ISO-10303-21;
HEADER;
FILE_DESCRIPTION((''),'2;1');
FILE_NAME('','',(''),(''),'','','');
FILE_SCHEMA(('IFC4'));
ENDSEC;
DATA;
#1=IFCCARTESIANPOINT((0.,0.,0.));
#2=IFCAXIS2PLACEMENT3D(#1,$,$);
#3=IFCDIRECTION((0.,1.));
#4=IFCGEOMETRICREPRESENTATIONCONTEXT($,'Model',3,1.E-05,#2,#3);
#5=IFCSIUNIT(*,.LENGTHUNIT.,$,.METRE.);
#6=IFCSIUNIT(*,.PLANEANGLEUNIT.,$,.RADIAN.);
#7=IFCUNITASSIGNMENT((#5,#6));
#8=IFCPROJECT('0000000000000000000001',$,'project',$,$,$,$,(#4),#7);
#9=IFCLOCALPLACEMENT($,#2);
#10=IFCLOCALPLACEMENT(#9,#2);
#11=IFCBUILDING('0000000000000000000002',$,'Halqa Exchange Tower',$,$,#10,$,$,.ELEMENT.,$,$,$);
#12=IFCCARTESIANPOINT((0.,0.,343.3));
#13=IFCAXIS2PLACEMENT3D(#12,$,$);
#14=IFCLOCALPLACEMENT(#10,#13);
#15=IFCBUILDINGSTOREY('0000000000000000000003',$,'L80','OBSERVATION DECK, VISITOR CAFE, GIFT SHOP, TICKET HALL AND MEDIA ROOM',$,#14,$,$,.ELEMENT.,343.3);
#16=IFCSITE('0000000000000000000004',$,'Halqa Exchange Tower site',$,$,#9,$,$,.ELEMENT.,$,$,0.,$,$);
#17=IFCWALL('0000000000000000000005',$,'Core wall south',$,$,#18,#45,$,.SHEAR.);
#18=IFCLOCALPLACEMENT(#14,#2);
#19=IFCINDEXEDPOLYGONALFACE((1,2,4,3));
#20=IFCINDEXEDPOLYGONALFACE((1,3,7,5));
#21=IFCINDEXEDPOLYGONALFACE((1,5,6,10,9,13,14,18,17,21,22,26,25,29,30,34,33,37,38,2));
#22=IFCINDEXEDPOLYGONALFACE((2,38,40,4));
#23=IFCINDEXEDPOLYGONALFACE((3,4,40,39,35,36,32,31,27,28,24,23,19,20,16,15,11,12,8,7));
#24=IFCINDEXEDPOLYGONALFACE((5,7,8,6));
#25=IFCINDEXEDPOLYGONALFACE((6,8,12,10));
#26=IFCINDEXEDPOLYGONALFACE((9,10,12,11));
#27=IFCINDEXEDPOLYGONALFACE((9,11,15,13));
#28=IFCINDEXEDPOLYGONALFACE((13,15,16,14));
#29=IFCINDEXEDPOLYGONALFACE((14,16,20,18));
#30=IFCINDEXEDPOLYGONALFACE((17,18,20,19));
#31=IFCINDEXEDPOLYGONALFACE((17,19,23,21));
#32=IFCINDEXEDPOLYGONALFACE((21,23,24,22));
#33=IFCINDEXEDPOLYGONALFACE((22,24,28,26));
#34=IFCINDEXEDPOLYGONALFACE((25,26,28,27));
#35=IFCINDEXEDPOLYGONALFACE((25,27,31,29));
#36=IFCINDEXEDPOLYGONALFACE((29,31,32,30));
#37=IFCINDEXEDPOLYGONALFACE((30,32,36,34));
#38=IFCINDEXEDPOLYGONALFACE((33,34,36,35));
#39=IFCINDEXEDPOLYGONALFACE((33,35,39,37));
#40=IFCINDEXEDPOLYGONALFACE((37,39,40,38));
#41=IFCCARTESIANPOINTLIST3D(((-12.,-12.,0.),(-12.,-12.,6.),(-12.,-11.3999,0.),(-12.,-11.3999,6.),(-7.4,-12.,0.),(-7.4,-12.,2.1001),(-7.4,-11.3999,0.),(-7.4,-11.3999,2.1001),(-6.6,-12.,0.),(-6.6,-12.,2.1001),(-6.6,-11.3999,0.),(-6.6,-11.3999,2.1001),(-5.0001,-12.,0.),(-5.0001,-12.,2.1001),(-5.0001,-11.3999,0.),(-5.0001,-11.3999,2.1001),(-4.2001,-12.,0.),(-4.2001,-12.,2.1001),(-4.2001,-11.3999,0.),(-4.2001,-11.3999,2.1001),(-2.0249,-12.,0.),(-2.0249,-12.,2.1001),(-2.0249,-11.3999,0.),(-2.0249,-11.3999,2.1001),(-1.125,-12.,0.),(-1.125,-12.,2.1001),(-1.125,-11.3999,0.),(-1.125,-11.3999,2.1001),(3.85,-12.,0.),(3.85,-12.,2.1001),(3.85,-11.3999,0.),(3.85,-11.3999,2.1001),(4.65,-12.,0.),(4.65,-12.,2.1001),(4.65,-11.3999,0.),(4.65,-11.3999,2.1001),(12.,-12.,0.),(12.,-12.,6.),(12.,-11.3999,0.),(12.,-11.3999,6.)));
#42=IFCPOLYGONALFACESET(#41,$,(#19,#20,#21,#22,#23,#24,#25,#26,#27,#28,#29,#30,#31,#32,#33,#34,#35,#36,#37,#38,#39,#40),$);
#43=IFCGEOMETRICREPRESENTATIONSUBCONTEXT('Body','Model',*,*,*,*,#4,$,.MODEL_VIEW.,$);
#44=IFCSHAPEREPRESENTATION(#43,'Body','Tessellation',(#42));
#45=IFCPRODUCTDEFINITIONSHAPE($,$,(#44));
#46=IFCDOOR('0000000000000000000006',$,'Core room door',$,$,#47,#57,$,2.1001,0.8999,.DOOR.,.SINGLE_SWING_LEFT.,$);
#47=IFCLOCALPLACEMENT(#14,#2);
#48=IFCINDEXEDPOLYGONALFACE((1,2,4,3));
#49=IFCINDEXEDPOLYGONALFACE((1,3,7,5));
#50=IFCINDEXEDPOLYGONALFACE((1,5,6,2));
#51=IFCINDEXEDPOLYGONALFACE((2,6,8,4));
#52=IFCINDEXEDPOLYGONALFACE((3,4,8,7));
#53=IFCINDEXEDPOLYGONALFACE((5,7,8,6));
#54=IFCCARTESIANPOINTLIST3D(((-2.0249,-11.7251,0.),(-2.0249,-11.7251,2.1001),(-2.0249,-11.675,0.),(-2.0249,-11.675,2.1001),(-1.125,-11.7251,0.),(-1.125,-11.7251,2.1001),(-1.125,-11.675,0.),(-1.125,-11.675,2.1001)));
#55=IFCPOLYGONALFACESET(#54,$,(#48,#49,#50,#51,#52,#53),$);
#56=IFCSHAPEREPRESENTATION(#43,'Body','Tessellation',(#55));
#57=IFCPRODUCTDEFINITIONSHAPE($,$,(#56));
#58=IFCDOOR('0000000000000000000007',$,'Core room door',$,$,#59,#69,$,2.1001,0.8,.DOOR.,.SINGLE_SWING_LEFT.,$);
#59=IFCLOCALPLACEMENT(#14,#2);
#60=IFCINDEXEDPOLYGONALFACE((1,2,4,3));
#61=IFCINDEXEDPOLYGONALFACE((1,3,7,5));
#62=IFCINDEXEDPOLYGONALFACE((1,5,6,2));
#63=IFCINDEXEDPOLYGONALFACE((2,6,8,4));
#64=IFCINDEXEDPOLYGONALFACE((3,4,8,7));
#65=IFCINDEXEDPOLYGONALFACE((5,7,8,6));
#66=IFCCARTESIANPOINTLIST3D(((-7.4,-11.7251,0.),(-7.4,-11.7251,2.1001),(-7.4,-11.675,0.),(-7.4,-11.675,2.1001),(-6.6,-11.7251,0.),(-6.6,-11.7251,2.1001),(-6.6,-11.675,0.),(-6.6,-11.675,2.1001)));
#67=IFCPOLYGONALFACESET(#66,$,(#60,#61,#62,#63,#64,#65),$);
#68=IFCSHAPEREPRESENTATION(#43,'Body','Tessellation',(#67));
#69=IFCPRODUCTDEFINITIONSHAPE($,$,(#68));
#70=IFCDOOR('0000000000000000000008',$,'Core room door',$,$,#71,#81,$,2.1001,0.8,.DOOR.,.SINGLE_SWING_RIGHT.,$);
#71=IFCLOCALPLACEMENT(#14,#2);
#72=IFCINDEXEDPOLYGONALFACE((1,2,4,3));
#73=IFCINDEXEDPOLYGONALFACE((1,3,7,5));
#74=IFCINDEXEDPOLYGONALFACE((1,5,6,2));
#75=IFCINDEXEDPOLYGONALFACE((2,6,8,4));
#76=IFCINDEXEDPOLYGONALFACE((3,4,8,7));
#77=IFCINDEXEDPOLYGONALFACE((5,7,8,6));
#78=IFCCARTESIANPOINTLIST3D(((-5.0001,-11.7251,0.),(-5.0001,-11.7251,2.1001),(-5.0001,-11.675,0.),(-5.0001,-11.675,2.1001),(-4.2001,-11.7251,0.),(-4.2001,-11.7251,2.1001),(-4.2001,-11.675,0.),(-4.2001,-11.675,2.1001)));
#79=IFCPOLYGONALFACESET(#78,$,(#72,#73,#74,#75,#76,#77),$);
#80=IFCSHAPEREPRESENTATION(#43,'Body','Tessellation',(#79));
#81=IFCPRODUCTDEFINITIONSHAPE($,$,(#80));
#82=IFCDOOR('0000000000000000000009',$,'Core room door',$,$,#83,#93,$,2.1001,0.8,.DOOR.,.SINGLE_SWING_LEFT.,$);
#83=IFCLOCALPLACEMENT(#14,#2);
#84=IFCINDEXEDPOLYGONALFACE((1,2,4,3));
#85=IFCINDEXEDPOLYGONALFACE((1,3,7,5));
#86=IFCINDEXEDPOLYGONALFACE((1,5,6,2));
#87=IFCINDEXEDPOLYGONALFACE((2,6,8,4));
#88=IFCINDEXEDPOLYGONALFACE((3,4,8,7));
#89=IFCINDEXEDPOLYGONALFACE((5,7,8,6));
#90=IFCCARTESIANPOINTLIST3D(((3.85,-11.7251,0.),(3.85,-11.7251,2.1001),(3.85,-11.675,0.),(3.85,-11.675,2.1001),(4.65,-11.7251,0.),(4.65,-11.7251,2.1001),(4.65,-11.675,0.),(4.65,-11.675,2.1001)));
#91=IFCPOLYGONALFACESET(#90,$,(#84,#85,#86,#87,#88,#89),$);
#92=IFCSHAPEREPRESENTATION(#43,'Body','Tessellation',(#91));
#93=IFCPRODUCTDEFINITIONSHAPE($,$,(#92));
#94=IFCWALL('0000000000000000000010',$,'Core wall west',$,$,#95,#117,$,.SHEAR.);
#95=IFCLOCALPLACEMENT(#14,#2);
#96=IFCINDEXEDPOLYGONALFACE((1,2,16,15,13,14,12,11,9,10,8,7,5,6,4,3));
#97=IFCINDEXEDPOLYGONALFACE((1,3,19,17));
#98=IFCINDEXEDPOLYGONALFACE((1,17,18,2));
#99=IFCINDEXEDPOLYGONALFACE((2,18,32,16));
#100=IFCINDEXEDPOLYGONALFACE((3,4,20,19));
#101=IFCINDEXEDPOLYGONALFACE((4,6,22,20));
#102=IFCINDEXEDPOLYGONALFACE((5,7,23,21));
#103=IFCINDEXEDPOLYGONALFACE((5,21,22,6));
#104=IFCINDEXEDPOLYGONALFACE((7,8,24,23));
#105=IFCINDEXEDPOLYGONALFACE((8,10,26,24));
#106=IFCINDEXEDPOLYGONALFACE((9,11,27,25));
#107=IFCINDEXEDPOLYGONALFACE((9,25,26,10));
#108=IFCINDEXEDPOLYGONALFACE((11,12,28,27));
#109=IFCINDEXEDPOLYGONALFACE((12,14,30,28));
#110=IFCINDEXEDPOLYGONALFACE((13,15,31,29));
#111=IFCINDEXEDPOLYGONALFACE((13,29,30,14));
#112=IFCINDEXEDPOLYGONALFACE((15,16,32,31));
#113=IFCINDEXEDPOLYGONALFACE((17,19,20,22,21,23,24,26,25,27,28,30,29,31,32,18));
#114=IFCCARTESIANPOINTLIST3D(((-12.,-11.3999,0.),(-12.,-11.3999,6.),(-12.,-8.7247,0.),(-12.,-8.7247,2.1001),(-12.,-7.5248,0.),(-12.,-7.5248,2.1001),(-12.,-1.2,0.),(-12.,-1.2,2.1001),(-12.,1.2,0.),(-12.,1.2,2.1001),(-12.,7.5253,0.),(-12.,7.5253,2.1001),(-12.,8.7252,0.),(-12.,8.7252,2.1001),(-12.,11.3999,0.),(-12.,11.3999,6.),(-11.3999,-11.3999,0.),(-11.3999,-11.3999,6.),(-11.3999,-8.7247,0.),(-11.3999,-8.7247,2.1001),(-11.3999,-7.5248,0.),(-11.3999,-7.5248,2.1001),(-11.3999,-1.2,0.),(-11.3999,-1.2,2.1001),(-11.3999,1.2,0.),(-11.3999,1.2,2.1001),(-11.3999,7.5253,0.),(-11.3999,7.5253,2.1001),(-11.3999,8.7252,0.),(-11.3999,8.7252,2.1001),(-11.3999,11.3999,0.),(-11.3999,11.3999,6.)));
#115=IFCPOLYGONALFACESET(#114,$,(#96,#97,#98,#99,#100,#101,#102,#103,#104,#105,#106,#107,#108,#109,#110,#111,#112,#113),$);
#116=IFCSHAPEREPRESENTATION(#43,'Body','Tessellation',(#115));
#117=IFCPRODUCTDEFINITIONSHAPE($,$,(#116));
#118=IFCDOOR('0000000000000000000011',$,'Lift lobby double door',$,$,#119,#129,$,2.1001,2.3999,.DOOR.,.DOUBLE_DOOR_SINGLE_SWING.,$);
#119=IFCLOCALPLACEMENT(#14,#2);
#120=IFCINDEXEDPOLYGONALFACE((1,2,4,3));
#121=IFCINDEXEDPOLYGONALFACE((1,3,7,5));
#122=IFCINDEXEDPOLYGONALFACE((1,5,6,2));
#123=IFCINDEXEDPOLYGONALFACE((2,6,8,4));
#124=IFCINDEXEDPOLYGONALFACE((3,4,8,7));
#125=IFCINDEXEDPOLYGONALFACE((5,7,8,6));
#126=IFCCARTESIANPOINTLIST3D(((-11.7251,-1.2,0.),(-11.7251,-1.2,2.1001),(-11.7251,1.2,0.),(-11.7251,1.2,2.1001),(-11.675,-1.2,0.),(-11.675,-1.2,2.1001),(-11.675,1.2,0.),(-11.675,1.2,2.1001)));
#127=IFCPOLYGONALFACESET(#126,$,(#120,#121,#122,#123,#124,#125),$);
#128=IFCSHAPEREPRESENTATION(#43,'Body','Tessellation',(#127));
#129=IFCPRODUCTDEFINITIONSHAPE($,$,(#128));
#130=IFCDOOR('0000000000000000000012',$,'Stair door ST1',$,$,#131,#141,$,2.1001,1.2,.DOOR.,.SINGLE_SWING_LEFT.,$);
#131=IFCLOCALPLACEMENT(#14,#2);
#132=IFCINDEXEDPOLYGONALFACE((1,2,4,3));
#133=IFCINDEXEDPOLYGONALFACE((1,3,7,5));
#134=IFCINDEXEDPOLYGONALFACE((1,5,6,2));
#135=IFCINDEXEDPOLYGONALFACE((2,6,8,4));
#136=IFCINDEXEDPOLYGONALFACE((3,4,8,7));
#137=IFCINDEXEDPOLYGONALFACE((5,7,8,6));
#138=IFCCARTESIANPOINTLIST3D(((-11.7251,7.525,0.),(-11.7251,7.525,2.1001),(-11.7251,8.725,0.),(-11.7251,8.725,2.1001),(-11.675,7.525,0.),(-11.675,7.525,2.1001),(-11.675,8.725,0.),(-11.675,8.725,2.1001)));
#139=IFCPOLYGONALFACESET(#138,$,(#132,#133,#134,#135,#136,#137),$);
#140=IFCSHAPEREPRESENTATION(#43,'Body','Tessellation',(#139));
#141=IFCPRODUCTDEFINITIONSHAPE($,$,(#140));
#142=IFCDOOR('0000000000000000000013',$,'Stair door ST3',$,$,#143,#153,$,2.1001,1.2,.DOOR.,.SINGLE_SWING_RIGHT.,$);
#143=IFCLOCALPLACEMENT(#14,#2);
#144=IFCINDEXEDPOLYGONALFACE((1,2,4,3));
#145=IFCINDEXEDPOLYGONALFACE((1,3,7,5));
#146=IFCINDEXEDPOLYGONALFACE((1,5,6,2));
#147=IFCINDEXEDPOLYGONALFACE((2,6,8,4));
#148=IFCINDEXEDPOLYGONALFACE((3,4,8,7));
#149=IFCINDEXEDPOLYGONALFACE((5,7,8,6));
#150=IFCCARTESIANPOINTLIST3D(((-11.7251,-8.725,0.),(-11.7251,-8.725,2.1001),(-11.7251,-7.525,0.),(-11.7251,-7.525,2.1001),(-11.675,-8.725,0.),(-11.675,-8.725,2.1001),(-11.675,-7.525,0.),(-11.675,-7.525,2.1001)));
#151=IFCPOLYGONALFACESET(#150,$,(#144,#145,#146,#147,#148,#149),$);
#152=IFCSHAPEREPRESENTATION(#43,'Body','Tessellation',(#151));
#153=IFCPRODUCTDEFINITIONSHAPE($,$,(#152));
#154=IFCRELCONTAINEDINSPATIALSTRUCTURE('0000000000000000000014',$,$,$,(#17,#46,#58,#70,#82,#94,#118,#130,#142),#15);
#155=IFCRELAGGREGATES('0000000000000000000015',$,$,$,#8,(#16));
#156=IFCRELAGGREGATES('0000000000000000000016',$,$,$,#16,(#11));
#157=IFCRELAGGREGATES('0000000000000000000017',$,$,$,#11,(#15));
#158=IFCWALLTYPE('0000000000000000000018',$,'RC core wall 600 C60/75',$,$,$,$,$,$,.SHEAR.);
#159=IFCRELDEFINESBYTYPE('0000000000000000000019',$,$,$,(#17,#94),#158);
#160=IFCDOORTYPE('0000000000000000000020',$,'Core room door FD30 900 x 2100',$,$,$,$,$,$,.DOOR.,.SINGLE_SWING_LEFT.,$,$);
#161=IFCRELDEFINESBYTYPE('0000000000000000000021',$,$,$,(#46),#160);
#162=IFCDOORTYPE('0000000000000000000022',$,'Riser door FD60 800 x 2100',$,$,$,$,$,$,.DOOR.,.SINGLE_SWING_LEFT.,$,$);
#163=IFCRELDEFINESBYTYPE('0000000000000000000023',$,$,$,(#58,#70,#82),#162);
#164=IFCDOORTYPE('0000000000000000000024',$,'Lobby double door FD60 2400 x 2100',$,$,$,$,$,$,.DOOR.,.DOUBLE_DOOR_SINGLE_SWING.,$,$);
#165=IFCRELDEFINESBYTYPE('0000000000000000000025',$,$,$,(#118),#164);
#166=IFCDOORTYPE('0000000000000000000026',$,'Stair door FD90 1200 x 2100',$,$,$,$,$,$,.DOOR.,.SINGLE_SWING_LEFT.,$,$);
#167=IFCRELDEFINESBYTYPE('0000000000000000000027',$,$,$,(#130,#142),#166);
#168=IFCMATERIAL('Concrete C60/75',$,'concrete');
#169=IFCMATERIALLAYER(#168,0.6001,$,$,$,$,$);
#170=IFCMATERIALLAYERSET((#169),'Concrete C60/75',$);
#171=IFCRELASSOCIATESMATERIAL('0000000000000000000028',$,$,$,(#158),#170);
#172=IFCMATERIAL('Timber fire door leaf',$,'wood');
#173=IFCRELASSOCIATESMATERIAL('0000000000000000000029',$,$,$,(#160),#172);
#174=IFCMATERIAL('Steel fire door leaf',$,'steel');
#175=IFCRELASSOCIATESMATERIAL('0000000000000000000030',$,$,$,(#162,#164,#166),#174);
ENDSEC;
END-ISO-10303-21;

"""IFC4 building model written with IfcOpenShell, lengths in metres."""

from ifc_helpers import new_model, si_unit, direction, frame, frame_2d, origin, place, context, subcontext, project, spatial, rectangle, extrude, material, layer, layer_set, type_object, element, fill, save


model = new_model("IFC4")

# Units and contexts
model_context = context("Model", 3, precision=1e-05, world=origin(), true_north=direction((0.0, 1.0)))
body_context = subcontext(model_context, "Body", "Model", "MODEL_VIEW")
ifc_project = project(units=[si_unit("LENGTHUNIT", "METRE"), si_unit("PLANEANGLEUNIT", "RADIAN")], contexts=[model_context])

# Site, building, storey
site_placement = place(None, origin())
site = spatial("IfcSite", under=ifc_project, at=site_placement, Name="Halqa Exchange Tower site", CompositionType="ELEMENT", RefElevation=0.0)
building_placement = place(site_placement, origin())
building = spatial("IfcBuilding", under=site, at=building_placement, Name="Halqa Exchange Tower", CompositionType="ELEMENT")
storey_placement = place(building_placement, frame((0.0, 0.0, 343.3)))
storey = spatial("IfcBuildingStorey", under=building, at=storey_placement, Name="L80", Description="OBSERVATION DECK, VISITOR CAFE, GIFT SHOP, TICKET HALL AND MEDIA ROOM", CompositionType="ELEMENT", Elevation=343.3)

# Walls, openings, doors
ifc_material_1 = material(Name="Concrete C60/75", Category="concrete")
ifc_layer_1 = layer(ifc_material_1, 0.6001)
ifc_layer_set_1 = layer_set([ifc_layer_1], Name="Concrete C60/75")
wall_type_1 = type_object("IfcWallType", Name="RC core wall 600 C60/75", PredefinedType="SHEAR", material=ifc_layer_set_1)
wall_1_placement = place(storey_placement, frame((-12.0, -11.7, 0.0), z_axis=(0.0, 0.0, 1.0), x_axis=(1.0, 0.0, 0.0)))
wall_1 = element("IfcWall", 1, at=wall_1_placement, inside=storey, type_object=wall_type_1, Name="Core wall south", PredefinedType="SHEAR", context=body_context, shape_type="SweptSolid", body=[
    extrude(rectangle(XDim=24.0, YDim=0.6001, at=frame_2d((12.0, 0.0))), origin(), (0.0, 0.0, 1.0), 6.0),
])
opening_1_placement = place(wall_1_placement, frame((9.9751, 0.0, 0.0)))
opening_1 = element("IfcOpeningElement", 2, at=opening_1_placement, cuts=wall_1, PredefinedType="OPENING", context=body_context, shape_type="SweptSolid", body=[
    extrude(rectangle(XDim=0.8999, YDim=2.1001, at=frame_2d((0.45, 1.05))), frame((0.0, 0.312, 0.0), z_axis=(0.0, -1.0, 0.0), x_axis=(1.0, 0.0, 0.0)), (0.0, 0.0, 1.0), 0.624),
])
opening_2_placement = place(wall_1_placement, frame((4.6001, 0.0, 0.0)))
opening_2 = element("IfcOpeningElement", 3, at=opening_2_placement, cuts=wall_1, PredefinedType="OPENING", context=body_context, shape_type="SweptSolid", body=[
    extrude(rectangle(XDim=0.8, YDim=2.1001, at=frame_2d((0.3999, 1.05))), frame((0.0, 0.312, 0.0), z_axis=(0.0, -1.0, 0.0), x_axis=(1.0, 0.0, 0.0)), (0.0, 0.0, 1.0), 0.624),
])
opening_3_placement = place(wall_1_placement, frame((7.0, 0.0, 0.0)))
opening_3 = element("IfcOpeningElement", 4, at=opening_3_placement, cuts=wall_1, PredefinedType="OPENING", context=body_context, shape_type="SweptSolid", body=[
    extrude(rectangle(XDim=0.8, YDim=2.1001, at=frame_2d((0.3999, 1.05))), frame((0.0, 0.312, 0.0), z_axis=(0.0, -1.0, 0.0), x_axis=(1.0, 0.0, 0.0)), (0.0, 0.0, 1.0), 0.624),
])
opening_4_placement = place(wall_1_placement, frame((15.8501, 0.0, 0.0)))
opening_4 = element("IfcOpeningElement", 5, at=opening_4_placement, cuts=wall_1, PredefinedType="OPENING", context=body_context, shape_type="SweptSolid", body=[
    extrude(rectangle(XDim=0.8, YDim=2.1001, at=frame_2d((0.3999, 1.05))), frame((0.0, 0.312, 0.0), z_axis=(0.0, -1.0, 0.0), x_axis=(1.0, 0.0, 0.0)), (0.0, 0.0, 1.0), 0.624),
])
ifc_material_2 = material(Name="Timber fire door leaf", Category="wood")
door_type_1 = type_object("IfcDoorType", Name="Core room door FD30 900 x 2100", OperationType="SINGLE_SWING_LEFT", PredefinedType="DOOR", material=ifc_material_2)
door_1_placement = place(opening_1_placement, origin())
door_1 = element("IfcDoor", 6, at=door_1_placement, inside=storey, type_object=door_type_1, Name="Core room door", OperationType="SINGLE_SWING_LEFT", OverallHeight=2.1001, OverallWidth=0.8999, PredefinedType="DOOR", context=body_context, shape_type="SweptSolid", body=[
    extrude(rectangle(XDim=0.8999, YDim=2.1001, at=frame_2d((0.45, 1.05))), frame((0.0, 0.0249, 0.0), z_axis=(0.0, -1.0, 0.0), x_axis=(1.0, 0.0, 0.0)), (0.0, 0.0, 1.0), 0.05),
])
fill(opening_1, door_1)
ifc_material_3 = material(Name="Steel fire door leaf", Category="steel")
door_type_2 = type_object("IfcDoorType", Name="Riser door FD60 800 x 2100", OperationType="SINGLE_SWING_LEFT", PredefinedType="DOOR", material=ifc_material_3)
door_2_placement = place(opening_2_placement, origin())
door_2 = element("IfcDoor", 7, at=door_2_placement, inside=storey, type_object=door_type_2, Name="Core room door", OperationType="SINGLE_SWING_LEFT", OverallHeight=2.1001, OverallWidth=0.8, PredefinedType="DOOR", context=body_context, shape_type="SweptSolid", body=[
    extrude(rectangle(XDim=0.8, YDim=2.1001, at=frame_2d((0.3999, 1.05))), frame((0.0, 0.0249, 0.0), z_axis=(0.0, -1.0, 0.0), x_axis=(1.0, 0.0, 0.0)), (0.0, 0.0, 1.0), 0.05),
])
fill(opening_2, door_2)
door_3_placement = place(opening_3_placement, origin())
door_3 = element("IfcDoor", 8, at=door_3_placement, inside=storey, type_object=door_type_2, Name="Core room door", OperationType="SINGLE_SWING_RIGHT", OverallHeight=2.1001, OverallWidth=0.8, PredefinedType="DOOR", context=body_context, shape_type="SweptSolid", body=[
    extrude(rectangle(XDim=0.8, YDim=2.1001, at=frame_2d((0.3999, 1.05))), frame((0.0, 0.0249, 0.0), z_axis=(0.0, -1.0, 0.0), x_axis=(1.0, 0.0, 0.0)), (0.0, 0.0, 1.0), 0.05),
])
fill(opening_3, door_3)
door_4_placement = place(opening_4_placement, origin())
door_4 = element("IfcDoor", 9, at=door_4_placement, inside=storey, type_object=door_type_2, Name="Core room door", OperationType="SINGLE_SWING_LEFT", OverallHeight=2.1001, OverallWidth=0.8, PredefinedType="DOOR", context=body_context, shape_type="SweptSolid", body=[
    extrude(rectangle(XDim=0.8, YDim=2.1001, at=frame_2d((0.3999, 1.05))), frame((0.0, 0.0249, 0.0), z_axis=(0.0, -1.0, 0.0), x_axis=(1.0, 0.0, 0.0)), (0.0, 0.0, 1.0), 0.05),
])
fill(opening_4, door_4)
wall_2_placement = place(storey_placement, frame((-11.7, -11.3999, 0.0), z_axis=(0.0, 0.0, 1.0), x_axis=(0.0, 1.0, 0.0)))
wall_2 = element("IfcWall", 10, at=wall_2_placement, inside=storey, type_object=wall_type_1, Name="Core wall west", PredefinedType="SHEAR", context=body_context, shape_type="SweptSolid", body=[
    extrude(rectangle(XDim=22.7998, YDim=0.6001, at=frame_2d((11.3999, 0.0))), origin(), (0.0, 0.0, 1.0), 6.0),
])
opening_5_placement = place(wall_2_placement, frame((10.2, 0.0, 0.0)))
opening_5 = element("IfcOpeningElement", 11, at=opening_5_placement, cuts=wall_2, PredefinedType="OPENING", context=body_context, shape_type="SweptSolid", body=[
    extrude(rectangle(XDim=2.3999, YDim=2.1001, at=frame_2d((1.2, 1.05))), frame((0.0, 0.312, 0.0), z_axis=(0.0, -1.0, 0.0), x_axis=(1.0, 0.0, 0.0)), (0.0, 0.0, 1.0), 0.624),
])
opening_6_placement = place(wall_2_placement, frame((18.925, 0.0, 0.0)))
opening_6 = element("IfcOpeningElement", 12, at=opening_6_placement, cuts=wall_2, PredefinedType="OPENING", context=body_context, shape_type="SweptSolid", body=[
    extrude(rectangle(XDim=1.2, YDim=2.1001, at=frame_2d((0.6001, 1.05))), frame((0.0, 0.312, 0.0), z_axis=(0.0, -1.0, 0.0), x_axis=(1.0, 0.0, 0.0)), (0.0, 0.0, 1.0), 0.624),
])
opening_7_placement = place(wall_2_placement, frame((2.675, 0.0, 0.0)))
opening_7 = element("IfcOpeningElement", 13, at=opening_7_placement, cuts=wall_2, PredefinedType="OPENING", context=body_context, shape_type="SweptSolid", body=[
    extrude(rectangle(XDim=1.2, YDim=2.1001, at=frame_2d((0.6001, 1.05))), frame((0.0, 0.312, 0.0), z_axis=(0.0, -1.0, 0.0), x_axis=(1.0, 0.0, 0.0)), (0.0, 0.0, 1.0), 0.624),
])
door_type_3 = type_object("IfcDoorType", Name="Lobby double door FD60 2400 x 2100", OperationType="DOUBLE_DOOR_SINGLE_SWING", PredefinedType="DOOR", material=ifc_material_3)
door_5_placement = place(opening_5_placement, frame((2.3999, 0.0, 0.0), z_axis=(0.0, 0.0, 1.0), x_axis=(-1.0, 0.0, 0.0)))
door_5 = element("IfcDoor", 14, at=door_5_placement, inside=storey, type_object=door_type_3, Name="Lift lobby double door", OperationType="DOUBLE_DOOR_SINGLE_SWING", OverallHeight=2.1001, OverallWidth=2.3999, PredefinedType="DOOR", context=body_context, shape_type="SweptSolid", body=[
    extrude(rectangle(XDim=2.3999, YDim=2.1001, at=frame_2d((1.2, 1.05))), frame((0.0, 0.0249, 0.0), z_axis=(0.0, -1.0, 0.0), x_axis=(1.0, 0.0, 0.0)), (0.0, 0.0, 1.0), 0.05),
])
fill(opening_5, door_5)
door_type_4 = type_object("IfcDoorType", Name="Stair door FD90 1200 x 2100", OperationType="SINGLE_SWING_LEFT", PredefinedType="DOOR", material=ifc_material_3)
door_6_placement = place(opening_6_placement, frame((1.2, 0.0, 0.0), z_axis=(0.0, 0.0, 1.0), x_axis=(-1.0, 0.0, 0.0)))
door_6 = element("IfcDoor", 15, at=door_6_placement, inside=storey, type_object=door_type_4, Name="Stair door ST1", OperationType="SINGLE_SWING_LEFT", OverallHeight=2.1001, OverallWidth=1.2, PredefinedType="DOOR", context=body_context, shape_type="SweptSolid", body=[
    extrude(rectangle(XDim=1.2, YDim=2.1001, at=frame_2d((0.6001, 1.05))), frame((0.0, 0.0249, 0.0), z_axis=(0.0, -1.0, 0.0), x_axis=(1.0, 0.0, 0.0)), (0.0, 0.0, 1.0), 0.05),
])
fill(opening_6, door_6)
door_7_placement = place(opening_7_placement, frame((1.2, 0.0, 0.0), z_axis=(0.0, 0.0, 1.0), x_axis=(-1.0, 0.0, 0.0)))
door_7 = element("IfcDoor", 16, at=door_7_placement, inside=storey, type_object=door_type_4, Name="Stair door ST3", OperationType="SINGLE_SWING_RIGHT", OverallHeight=2.1001, OverallWidth=1.2, PredefinedType="DOOR", context=body_context, shape_type="SweptSolid", body=[
    extrude(rectangle(XDim=1.2, YDim=2.1001, at=frame_2d((0.6001, 1.05))), frame((0.0, 0.0249, 0.0), z_axis=(0.0, -1.0, 0.0), x_axis=(1.0, 0.0, 0.0)), (0.0, 0.0, 1.0), 0.05),
])
fill(opening_7, door_7)

save(model, "model.ifc")
